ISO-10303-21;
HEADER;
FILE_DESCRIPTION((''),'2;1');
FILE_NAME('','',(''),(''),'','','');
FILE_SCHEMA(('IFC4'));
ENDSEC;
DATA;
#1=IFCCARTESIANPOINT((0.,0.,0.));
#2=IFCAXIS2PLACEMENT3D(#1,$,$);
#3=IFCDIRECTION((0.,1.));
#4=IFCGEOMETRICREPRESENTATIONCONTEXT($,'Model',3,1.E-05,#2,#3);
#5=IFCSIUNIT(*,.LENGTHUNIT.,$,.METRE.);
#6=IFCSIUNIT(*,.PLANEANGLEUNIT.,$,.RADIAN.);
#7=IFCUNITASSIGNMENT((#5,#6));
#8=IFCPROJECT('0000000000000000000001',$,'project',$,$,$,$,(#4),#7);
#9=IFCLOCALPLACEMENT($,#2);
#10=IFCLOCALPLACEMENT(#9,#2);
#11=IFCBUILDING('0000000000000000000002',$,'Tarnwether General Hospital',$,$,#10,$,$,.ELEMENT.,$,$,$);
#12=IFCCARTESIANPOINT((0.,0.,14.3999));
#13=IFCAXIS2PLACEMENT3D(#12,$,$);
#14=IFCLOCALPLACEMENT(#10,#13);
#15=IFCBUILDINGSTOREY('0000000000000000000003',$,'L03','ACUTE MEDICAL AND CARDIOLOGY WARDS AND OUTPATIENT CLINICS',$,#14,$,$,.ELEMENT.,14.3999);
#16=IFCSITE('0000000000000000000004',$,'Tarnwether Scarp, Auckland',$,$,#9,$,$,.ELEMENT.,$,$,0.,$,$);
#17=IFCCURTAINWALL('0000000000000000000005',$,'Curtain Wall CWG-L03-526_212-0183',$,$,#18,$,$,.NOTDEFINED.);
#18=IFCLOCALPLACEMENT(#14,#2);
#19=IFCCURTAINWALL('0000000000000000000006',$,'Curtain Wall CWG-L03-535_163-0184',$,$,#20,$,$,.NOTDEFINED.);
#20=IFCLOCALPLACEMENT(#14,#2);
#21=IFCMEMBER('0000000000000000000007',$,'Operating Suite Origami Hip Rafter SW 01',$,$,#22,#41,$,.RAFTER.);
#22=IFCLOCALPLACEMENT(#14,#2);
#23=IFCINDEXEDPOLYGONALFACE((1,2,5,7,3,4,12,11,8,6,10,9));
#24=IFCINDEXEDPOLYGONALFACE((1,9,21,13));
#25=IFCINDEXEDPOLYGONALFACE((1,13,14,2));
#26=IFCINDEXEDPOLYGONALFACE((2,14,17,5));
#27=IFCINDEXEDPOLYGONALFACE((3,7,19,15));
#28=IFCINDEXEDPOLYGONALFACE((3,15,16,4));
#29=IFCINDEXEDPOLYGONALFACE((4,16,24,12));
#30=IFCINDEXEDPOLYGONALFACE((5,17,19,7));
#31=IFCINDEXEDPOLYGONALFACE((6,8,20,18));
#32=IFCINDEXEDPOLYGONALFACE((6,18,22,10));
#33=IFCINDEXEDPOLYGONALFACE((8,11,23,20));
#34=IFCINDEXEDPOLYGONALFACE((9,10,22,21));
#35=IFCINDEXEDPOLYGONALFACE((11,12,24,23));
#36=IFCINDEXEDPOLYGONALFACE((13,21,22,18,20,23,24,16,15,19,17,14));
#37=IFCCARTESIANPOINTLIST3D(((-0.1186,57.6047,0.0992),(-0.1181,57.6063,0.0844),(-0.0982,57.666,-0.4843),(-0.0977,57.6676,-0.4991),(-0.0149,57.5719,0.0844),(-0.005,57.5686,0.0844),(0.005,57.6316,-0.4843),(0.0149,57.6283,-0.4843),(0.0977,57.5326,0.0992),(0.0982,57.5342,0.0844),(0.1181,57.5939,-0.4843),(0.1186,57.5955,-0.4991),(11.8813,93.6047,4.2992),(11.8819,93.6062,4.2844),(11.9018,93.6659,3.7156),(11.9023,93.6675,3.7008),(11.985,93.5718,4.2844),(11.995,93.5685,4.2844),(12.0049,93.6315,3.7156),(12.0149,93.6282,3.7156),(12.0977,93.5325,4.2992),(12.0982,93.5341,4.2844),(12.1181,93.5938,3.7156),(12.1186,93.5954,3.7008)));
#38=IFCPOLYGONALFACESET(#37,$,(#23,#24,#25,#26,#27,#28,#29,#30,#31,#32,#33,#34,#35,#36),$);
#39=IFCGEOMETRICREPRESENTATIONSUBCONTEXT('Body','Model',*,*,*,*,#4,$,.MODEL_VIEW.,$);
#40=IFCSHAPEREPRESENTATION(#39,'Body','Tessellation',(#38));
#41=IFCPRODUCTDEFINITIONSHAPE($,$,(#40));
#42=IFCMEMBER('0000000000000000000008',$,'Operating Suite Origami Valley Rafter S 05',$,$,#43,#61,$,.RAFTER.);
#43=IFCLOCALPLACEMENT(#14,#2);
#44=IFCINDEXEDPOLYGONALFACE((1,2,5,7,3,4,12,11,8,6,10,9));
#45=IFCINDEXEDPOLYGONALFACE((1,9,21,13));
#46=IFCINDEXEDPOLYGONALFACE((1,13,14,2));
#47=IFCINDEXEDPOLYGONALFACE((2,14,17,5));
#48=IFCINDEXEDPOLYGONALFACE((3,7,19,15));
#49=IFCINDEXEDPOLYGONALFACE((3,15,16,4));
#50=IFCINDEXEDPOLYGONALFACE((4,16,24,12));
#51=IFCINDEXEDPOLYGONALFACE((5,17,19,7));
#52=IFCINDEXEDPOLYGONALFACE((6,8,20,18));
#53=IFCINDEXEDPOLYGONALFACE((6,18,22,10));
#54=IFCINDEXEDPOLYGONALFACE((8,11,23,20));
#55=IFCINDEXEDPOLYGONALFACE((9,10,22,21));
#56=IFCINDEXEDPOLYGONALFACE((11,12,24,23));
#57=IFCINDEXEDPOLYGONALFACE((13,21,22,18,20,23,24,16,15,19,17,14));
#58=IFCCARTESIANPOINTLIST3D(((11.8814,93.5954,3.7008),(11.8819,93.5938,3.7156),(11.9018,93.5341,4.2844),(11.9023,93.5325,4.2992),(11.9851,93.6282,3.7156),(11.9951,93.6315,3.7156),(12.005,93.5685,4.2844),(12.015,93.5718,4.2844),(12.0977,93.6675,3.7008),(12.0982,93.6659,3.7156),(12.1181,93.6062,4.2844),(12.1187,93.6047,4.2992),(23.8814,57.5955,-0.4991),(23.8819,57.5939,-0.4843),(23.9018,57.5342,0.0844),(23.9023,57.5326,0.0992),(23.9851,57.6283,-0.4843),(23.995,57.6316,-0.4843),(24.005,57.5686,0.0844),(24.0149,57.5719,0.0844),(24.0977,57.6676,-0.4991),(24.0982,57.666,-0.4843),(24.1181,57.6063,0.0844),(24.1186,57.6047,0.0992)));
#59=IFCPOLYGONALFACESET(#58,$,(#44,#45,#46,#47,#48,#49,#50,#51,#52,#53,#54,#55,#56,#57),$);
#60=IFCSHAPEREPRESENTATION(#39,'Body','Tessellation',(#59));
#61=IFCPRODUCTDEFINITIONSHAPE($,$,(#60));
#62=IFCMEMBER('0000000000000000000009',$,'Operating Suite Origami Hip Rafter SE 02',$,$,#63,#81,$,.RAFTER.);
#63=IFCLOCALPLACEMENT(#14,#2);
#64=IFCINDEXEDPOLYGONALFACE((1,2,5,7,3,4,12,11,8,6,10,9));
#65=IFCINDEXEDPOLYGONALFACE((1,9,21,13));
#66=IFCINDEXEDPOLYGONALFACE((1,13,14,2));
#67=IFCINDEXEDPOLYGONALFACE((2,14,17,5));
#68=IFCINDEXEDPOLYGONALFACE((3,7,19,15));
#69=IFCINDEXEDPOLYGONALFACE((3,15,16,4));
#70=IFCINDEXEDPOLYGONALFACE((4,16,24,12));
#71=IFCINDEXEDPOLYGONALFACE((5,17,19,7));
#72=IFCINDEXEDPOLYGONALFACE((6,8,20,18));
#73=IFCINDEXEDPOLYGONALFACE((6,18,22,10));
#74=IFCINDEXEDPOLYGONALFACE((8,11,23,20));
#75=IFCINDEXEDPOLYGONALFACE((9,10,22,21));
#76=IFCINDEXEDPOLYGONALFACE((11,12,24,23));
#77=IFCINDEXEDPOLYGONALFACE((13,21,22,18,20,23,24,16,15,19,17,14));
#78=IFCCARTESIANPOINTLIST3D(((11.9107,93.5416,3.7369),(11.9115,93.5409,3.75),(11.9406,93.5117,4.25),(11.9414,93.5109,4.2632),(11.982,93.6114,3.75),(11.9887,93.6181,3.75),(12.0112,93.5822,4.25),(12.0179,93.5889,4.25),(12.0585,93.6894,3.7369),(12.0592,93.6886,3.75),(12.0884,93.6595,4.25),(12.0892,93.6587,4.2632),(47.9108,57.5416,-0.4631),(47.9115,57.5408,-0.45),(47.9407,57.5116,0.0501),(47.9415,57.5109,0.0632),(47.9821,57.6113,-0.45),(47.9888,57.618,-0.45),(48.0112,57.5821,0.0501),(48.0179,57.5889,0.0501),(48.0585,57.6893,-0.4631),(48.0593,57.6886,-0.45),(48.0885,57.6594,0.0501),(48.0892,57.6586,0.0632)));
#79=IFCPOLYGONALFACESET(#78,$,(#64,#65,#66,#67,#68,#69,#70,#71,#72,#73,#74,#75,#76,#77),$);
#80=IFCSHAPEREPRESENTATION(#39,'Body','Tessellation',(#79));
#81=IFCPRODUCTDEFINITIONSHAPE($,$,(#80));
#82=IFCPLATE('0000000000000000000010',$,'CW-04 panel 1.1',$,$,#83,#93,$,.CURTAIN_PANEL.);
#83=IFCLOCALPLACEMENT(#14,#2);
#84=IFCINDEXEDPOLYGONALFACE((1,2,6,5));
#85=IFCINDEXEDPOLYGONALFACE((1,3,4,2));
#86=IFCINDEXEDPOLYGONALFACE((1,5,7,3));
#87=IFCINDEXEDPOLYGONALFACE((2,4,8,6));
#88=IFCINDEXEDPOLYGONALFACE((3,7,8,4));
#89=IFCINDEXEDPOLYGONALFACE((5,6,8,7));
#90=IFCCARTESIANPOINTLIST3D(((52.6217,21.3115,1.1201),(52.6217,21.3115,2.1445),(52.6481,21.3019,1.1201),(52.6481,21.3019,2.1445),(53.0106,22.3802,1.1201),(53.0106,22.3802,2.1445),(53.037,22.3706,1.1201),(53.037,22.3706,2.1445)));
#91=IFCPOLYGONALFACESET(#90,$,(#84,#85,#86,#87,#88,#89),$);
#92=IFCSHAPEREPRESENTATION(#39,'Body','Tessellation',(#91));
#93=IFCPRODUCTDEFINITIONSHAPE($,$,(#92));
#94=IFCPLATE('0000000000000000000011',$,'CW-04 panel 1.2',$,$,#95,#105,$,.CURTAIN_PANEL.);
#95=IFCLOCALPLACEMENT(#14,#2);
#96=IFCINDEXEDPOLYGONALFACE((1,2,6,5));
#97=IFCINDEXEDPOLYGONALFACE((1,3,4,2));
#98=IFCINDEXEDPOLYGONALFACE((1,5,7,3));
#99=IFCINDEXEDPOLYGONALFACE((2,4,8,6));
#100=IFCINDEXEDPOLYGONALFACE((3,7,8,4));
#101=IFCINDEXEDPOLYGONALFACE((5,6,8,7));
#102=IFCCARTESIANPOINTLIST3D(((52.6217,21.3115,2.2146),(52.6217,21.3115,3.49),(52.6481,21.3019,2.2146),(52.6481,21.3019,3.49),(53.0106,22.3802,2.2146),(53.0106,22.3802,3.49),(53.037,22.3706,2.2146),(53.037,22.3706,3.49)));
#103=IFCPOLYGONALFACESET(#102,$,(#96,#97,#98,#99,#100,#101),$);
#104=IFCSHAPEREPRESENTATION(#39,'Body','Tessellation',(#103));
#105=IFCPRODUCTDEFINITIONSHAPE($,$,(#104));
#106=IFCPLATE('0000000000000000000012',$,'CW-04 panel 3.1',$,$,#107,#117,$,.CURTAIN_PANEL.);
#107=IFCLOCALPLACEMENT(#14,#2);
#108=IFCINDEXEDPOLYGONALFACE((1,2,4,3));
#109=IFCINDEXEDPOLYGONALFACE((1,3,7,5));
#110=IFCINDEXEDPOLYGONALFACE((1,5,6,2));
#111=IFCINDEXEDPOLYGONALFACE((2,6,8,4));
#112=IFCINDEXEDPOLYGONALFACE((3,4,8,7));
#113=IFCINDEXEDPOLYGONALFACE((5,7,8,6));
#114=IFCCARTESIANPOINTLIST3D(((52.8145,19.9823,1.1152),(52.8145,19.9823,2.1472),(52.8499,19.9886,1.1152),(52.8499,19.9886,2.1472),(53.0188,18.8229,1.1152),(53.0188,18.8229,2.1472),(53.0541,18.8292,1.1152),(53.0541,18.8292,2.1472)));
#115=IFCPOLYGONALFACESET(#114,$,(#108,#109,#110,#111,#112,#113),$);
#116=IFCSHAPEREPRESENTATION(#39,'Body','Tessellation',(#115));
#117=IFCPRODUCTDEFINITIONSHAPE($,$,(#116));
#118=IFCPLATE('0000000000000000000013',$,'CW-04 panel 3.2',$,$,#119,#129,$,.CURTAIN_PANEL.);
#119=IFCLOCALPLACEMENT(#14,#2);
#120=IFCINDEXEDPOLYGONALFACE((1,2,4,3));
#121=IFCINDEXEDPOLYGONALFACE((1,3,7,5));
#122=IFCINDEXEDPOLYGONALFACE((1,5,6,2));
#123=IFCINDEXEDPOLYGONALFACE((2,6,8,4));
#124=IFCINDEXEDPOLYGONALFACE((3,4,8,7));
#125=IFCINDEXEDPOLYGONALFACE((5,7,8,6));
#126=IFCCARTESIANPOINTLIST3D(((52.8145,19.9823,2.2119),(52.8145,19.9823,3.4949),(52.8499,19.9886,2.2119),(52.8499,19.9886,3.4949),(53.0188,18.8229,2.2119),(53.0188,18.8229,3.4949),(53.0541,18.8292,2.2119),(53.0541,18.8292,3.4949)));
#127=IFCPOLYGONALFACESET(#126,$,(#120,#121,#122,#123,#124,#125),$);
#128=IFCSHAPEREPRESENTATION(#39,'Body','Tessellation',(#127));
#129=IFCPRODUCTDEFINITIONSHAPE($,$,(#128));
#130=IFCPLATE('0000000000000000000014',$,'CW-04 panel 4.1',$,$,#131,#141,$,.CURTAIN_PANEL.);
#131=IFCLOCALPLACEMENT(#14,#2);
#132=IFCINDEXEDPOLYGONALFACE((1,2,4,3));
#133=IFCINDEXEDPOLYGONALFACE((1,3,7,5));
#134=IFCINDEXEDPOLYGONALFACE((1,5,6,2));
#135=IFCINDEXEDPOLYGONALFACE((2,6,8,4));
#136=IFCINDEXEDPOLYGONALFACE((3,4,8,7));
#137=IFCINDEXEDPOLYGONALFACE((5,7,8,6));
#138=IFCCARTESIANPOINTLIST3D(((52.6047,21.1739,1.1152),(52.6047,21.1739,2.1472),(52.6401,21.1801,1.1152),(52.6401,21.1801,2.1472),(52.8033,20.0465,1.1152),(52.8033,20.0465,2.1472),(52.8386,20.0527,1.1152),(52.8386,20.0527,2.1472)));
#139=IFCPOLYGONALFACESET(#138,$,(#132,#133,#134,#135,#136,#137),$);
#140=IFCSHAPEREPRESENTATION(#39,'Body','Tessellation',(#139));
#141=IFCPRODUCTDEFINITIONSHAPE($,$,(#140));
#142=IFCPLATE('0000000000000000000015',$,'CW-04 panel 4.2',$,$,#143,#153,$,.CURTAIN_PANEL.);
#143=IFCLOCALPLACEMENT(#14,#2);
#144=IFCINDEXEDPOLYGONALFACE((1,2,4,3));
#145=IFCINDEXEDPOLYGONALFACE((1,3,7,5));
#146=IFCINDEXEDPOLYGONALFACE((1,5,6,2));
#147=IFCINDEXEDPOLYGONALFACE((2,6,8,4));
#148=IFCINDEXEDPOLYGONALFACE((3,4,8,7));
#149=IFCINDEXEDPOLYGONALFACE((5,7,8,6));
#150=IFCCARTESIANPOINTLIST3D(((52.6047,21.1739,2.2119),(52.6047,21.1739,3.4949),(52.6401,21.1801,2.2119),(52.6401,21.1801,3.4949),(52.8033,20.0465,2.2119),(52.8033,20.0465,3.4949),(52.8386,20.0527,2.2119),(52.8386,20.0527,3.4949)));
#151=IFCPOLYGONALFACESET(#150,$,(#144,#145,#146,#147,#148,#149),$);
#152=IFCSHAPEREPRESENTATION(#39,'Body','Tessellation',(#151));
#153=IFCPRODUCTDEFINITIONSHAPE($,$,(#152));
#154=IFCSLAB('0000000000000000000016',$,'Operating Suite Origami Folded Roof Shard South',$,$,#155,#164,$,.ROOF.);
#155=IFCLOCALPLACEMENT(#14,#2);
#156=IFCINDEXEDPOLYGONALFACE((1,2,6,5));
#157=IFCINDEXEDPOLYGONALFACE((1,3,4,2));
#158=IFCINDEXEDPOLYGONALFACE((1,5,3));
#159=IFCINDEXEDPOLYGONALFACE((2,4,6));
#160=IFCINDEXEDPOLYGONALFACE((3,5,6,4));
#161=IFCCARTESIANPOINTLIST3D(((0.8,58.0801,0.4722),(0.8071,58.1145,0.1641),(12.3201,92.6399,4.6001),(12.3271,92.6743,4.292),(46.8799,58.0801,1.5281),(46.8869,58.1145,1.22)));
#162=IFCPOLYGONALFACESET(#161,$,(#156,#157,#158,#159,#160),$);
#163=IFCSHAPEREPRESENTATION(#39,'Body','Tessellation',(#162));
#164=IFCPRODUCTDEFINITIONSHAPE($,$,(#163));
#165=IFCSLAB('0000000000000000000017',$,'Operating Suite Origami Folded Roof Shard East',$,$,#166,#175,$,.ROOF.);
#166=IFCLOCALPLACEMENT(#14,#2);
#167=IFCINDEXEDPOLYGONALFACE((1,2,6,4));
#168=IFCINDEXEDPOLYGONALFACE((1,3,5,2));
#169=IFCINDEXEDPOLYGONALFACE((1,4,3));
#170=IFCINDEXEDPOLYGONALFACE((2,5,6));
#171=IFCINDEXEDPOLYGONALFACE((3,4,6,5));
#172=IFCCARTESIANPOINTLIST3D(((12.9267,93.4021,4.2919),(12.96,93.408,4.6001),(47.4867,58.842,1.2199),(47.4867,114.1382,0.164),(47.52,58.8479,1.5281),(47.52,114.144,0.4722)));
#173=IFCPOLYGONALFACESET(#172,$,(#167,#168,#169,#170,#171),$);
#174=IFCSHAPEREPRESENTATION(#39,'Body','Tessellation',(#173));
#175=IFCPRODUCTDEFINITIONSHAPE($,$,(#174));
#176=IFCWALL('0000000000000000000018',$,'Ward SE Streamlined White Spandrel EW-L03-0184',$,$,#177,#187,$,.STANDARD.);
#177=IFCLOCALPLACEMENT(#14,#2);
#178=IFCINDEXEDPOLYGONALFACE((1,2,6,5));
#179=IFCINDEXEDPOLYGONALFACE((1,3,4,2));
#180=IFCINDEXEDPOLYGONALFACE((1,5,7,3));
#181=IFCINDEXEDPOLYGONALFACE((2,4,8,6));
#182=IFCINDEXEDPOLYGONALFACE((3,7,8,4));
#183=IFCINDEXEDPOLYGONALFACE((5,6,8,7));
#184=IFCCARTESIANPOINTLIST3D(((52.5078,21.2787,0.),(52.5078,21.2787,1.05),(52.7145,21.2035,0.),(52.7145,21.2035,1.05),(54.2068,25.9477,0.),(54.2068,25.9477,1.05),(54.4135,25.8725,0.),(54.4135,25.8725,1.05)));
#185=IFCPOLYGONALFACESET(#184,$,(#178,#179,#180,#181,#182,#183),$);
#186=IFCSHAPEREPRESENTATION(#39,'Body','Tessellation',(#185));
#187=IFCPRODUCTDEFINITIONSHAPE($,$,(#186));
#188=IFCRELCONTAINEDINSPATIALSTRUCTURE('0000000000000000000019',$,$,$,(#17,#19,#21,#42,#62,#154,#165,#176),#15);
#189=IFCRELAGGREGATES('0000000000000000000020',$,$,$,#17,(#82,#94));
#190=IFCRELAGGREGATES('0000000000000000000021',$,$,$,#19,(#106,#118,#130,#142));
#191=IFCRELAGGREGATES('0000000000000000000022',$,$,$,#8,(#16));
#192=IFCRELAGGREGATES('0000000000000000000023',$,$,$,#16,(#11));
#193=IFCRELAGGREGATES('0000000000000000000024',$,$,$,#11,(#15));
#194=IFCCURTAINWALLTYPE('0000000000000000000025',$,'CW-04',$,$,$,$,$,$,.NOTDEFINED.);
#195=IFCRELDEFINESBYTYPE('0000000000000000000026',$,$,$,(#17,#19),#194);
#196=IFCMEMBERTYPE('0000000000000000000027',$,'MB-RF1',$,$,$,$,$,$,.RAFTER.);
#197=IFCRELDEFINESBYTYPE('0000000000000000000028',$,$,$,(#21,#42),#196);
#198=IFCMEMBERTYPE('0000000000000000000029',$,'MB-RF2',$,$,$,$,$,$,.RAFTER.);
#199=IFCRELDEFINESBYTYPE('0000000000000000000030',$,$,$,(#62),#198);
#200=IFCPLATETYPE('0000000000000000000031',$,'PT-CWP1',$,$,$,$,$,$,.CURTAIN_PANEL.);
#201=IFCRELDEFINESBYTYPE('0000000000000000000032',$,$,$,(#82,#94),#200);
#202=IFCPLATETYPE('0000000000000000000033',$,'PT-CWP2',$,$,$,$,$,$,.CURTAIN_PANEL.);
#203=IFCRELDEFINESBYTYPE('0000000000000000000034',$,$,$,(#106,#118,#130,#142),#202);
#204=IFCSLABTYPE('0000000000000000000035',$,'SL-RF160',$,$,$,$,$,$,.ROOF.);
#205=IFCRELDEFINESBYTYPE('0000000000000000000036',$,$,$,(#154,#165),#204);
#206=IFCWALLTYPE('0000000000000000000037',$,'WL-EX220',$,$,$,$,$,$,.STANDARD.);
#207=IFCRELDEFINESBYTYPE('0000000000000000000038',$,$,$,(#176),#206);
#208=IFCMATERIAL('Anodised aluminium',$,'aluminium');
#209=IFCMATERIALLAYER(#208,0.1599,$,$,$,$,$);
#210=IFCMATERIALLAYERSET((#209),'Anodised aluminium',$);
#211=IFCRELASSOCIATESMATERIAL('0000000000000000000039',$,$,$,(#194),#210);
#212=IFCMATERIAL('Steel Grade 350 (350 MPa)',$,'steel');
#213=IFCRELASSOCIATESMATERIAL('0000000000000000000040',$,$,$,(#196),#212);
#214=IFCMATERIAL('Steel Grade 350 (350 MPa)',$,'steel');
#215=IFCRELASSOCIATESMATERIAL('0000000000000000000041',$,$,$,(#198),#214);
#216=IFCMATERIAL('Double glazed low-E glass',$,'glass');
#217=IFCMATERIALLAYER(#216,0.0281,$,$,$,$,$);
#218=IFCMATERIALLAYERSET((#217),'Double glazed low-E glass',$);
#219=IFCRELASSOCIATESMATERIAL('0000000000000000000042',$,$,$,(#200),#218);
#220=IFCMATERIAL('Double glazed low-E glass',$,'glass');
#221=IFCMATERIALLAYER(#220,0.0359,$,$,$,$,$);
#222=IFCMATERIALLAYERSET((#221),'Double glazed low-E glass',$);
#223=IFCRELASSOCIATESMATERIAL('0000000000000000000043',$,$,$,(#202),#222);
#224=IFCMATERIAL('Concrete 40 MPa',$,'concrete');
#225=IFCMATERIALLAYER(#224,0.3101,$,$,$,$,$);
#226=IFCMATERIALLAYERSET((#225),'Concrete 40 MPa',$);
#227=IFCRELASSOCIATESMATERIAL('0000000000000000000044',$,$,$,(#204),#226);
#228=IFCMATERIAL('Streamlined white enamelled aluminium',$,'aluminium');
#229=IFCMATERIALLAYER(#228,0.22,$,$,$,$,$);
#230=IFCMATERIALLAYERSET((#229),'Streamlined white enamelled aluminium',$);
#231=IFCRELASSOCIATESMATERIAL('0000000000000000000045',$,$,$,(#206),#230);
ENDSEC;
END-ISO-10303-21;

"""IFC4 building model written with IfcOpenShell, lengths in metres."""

from ifc_helpers import new_model, si_unit, direction, frame, frame_2d, origin, origin_2d, place, context, subcontext, project, spatial, polyline, rectangle, i_section, outline, extrude, material, layer, layer_set, material_profile, profile_set, type_object, element, aggregate, save


model = new_model("IFC4")

# Units and contexts
model_context = context("Model", 3, precision=1e-05, world=origin(), true_north=direction((0.0, 1.0)))
body_context = subcontext(model_context, "Body", "Model", "MODEL_VIEW")
ifc_project = project(units=[si_unit("LENGTHUNIT", "METRE"), si_unit("PLANEANGLEUNIT", "RADIAN")], contexts=[model_context])

# Site, building, storey
site_placement = place(None, origin())
site = spatial("IfcSite", under=ifc_project, at=site_placement, Name="Tarnwether Scarp, Auckland", CompositionType="ELEMENT", RefElevation=0.0)
building_placement = place(site_placement, origin())
building = spatial("IfcBuilding", under=site, at=building_placement, Name="Tarnwether General Hospital", CompositionType="ELEMENT")
storey_placement = place(building_placement, frame((0.0, 0.0, 14.3999)))
storey = spatial("IfcBuildingStorey", under=building, at=storey_placement, Name="L03", Description="ACUTE MEDICAL AND CARDIOLOGY WARDS AND OUTPATIENT CLINICS", CompositionType="ELEMENT", Elevation=14.3999)

# Curtain walls
ifc_material_1 = material(Name="Anodised aluminium", Category="aluminium")
ifc_layer_1 = layer(ifc_material_1, 0.1599)
ifc_layer_set_1 = layer_set([ifc_layer_1], Name="Anodised aluminium")
curtain_wall_type = type_object("IfcCurtainWallType", Name="CW-04", PredefinedType="NOTDEFINED", material=ifc_layer_set_1)
curtain_wall_1_placement = place(storey_placement, origin())
curtain_wall_1 = element("IfcCurtainWall", 1, at=curtain_wall_1_placement, inside=storey, type_object=curtain_wall_type, Name="Curtain Wall CWG-L03-526_212-0183", PredefinedType="NOTDEFINED")
curtain_wall_2_placement = place(storey_placement, origin())
curtain_wall_2 = element("IfcCurtainWall", 2, at=curtain_wall_2_placement, inside=storey, type_object=curtain_wall_type, Name="Curtain Wall CWG-L03-535_163-0184", PredefinedType="NOTDEFINED")

# Members
ifc_material_2 = material(Name="Steel Grade 350 (350 MPa)", Category="steel")
ifc_material_profile_1 = material_profile(ifc_material_2, i_section(OverallWidth=0.228, OverallDepth=0.6021, WebThickness=0.0105, FlangeThickness=0.0149, at=origin_2d()), Name="610UB101")
ifc_profile_set_1 = profile_set([ifc_material_profile_1], Name="Steel Grade 350 (350 MPa)")
member_type_1 = type_object("IfcMemberType", Name="MB-RF1", PredefinedType="RAFTER", material=ifc_profile_set_1)
for number, where, z_axis, x_axis, name in (
    (3, (0.0, 57.6001, -0.2), (0.314309, 0.942926, 0.110007), (-0.948683, 0.316228, 0.0), "Operating Suite Origami Hip Rafter SW 01"),
    (4, (24.0, 57.6001, -0.2), (-0.314309, 0.942926, 0.110007), (-0.948683, -0.316228, 0.0), "Operating Suite Origami Valley Rafter S 05"),
):
    element("IfcMember", number, at=place(storey_placement, frame(where, z_axis=z_axis, x_axis=x_axis)), inside=storey, type_object=member_type_1, Name=name, PredefinedType="RAFTER", context=body_context, shape_type="SweptSolid", body=[
        extrude(i_section(OverallWidth=0.228, OverallDepth=0.6021, WebThickness=0.0105, FlangeThickness=0.0149, at=origin_2d()), origin(), (0.0, 0.0, 1.0), 38.179),
    ])
ifc_material_3 = material(Name="Steel Grade 350 (350 MPa)", Category="steel")
ifc_material_profile_2 = material_profile(ifc_material_3, i_section(OverallWidth=0.209, OverallDepth=0.5281, WebThickness=0.0095, FlangeThickness=0.0132, at=origin_2d()), Name="530UB82.0")
ifc_profile_set_2 = profile_set([ifc_material_profile_2], Name="Steel Grade 350 (350 MPa)")
member_type_2 = type_object("IfcMemberType", Name="MB-RF2", PredefinedType="RAFTER", material=ifc_profile_set_2)
member_1_placement = place(storey_placement, frame((48.0, 57.6001, -0.2), z_axis=(-0.704713, 0.704713, 0.082216), x_axis=(-0.707107, -0.707107, 0.0)))
element("IfcMember", 5, at=member_1_placement, inside=storey, type_object=member_type_2, Name="Operating Suite Origami Hip Rafter SE 02", PredefinedType="RAFTER", context=body_context, shape_type="SweptSolid", body=[
    extrude(i_section(OverallWidth=0.209, OverallDepth=0.5281, WebThickness=0.0095, FlangeThickness=0.0132, at=origin_2d()), origin(), (0.0, 0.0, 1.0), 51.0847),
])

# Plates
ifc_material_4 = material(Name="Double glazed low-E glass", Category="glass")
ifc_layer_2 = layer(ifc_material_4, 0.0281)
ifc_layer_set_2 = layer_set([ifc_layer_2], Name="Double glazed low-E glass")
plate_type_1 = type_object("IfcPlateType", Name="PT-CWP1", PredefinedType="CURTAIN_PANEL", material=ifc_layer_set_2)
plate_1_placement = place(storey_placement, frame((52.8293, 21.8411, 1.1201), z_axis=(0.0, 0.0, 1.0), x_axis=(0.341953, 0.939717, 0.0)))
plate_1 = element("IfcPlate", 6, at=plate_1_placement, type_object=plate_type_1, Name="CW-04 panel 1.1", PredefinedType="CURTAIN_PANEL", context=body_context, shape_type="SweptSolid", body=[
    extrude(rectangle(XDim=1.1372, YDim=0.0281, at=origin_2d()), origin(), (0.0, 0.0, 1.0), 1.0244),
])
plate_2_placement = place(storey_placement, frame((52.8293, 21.8411, 2.2146), z_axis=(0.0, 0.0, 1.0), x_axis=(0.341953, 0.939717, 0.0)))
plate_2 = element("IfcPlate", 7, at=plate_2_placement, type_object=plate_type_1, Name="CW-04 panel 1.2", PredefinedType="CURTAIN_PANEL", context=body_context, shape_type="SweptSolid", body=[
    extrude(rectangle(XDim=1.1372, YDim=0.0281, at=origin_2d()), origin(), (0.0, 0.0, 1.0), 1.2754),
])
aggregate(curtain_wall_1, [plate_1, plate_2])
ifc_material_5 = material(Name="Double glazed low-E glass", Category="glass")
ifc_layer_3 = layer(ifc_material_5, 0.0359)
ifc_layer_set_3 = layer_set([ifc_layer_3], Name="Double glazed low-E glass")
plate_type_2 = type_object("IfcPlateType", Name="PT-CWP2", PredefinedType="CURTAIN_PANEL", material=ifc_layer_set_3)
plate_3_placement = place(storey_placement, frame((52.9343, 19.4058, 1.1152), z_axis=(0.0, 0.0, 1.0), x_axis=(-0.173464, 0.98484, 0.0)))
plate_3 = element("IfcPlate", 8, at=plate_3_placement, type_object=plate_type_2, Name="CW-04 panel 3.1", PredefinedType="CURTAIN_PANEL", context=body_context, shape_type="SweptSolid", body=[
    extrude(rectangle(XDim=1.1772, YDim=0.0359, at=origin_2d()), origin(), (0.0, 0.0, 1.0), 1.032),
])
plate_4_placement = place(storey_placement, frame((52.9343, 19.4058, 2.2119), z_axis=(0.0, 0.0, 1.0), x_axis=(-0.173464, 0.98484, 0.0)))
plate_4 = element("IfcPlate", 9, at=plate_4_placement, type_object=plate_type_2, Name="CW-04 panel 3.2", PredefinedType="CURTAIN_PANEL", context=body_context, shape_type="SweptSolid", body=[
    extrude(rectangle(XDim=1.1772, YDim=0.0359, at=origin_2d()), origin(), (0.0, 0.0, 1.0), 1.283),
])
plate_5_placement = place(storey_placement, frame((52.7217, 20.6133, 1.1152), z_axis=(0.0, 0.0, 1.0), x_axis=(-0.173464, 0.98484, 0.0)))
plate_5 = element("IfcPlate", 10, at=plate_5_placement, type_object=plate_type_2, Name="CW-04 panel 4.1", PredefinedType="CURTAIN_PANEL", context=body_context, shape_type="SweptSolid", body=[
    extrude(rectangle(XDim=1.1448, YDim=0.0359, at=origin_2d()), origin(), (0.0, 0.0, 1.0), 1.032),
])
plate_6_placement = place(storey_placement, frame((52.7217, 20.6133, 2.2119), z_axis=(0.0, 0.0, 1.0), x_axis=(-0.173464, 0.98484, 0.0)))
plate_6 = element("IfcPlate", 11, at=plate_6_placement, type_object=plate_type_2, Name="CW-04 panel 4.2", PredefinedType="CURTAIN_PANEL", context=body_context, shape_type="SweptSolid", body=[
    extrude(rectangle(XDim=1.1448, YDim=0.0359, at=origin_2d()), origin(), (0.0, 0.0, 1.0), 1.283),
])
aggregate(curtain_wall_2, [plate_3, plate_4, plate_5, plate_6])

# Slabs
ifc_material_6 = material(Name="Concrete 40 MPa", Category="concrete")
ifc_layer_4 = layer(ifc_material_6, 0.3101)
ifc_layer_set_4 = layer_set([ifc_layer_4], Name="Concrete 40 MPa")
slab_type = type_object("IfcSlabType", Name="SL-RF160", PredefinedType="ROOF", material=ifc_layer_set_4)
slab_1_placement = place(storey_placement, frame((0.8, 58.0801, 0.4722), z_axis=(-0.022767, -0.111084, 0.99355), x_axis=(0.999738, 0.0, 0.022909)))
element("IfcSlab", 12, at=slab_1_placement, inside=storey, type_object=slab_type, Name="Operating Suite Origami Folded Roof Shard South", PredefinedType="ROOF", context=body_context, shape_type="SweptSolid", body=[
    extrude(outline(polyline([(0.0, 0.0), (46.0919, 0.0), (11.6116, 34.775), (0.0, 0.0)])), origin(), (0.0, 0.0, -1.0), 0.3101),
])
slab_2_placement = place(storey_placement, frame((47.52, 58.8479, 1.5281), z_axis=(0.107341, 0.018982, 0.994041), x_axis=(0.0, 0.999818, -0.019092)))
element("IfcSlab", 13, at=slab_2_placement, inside=storey, type_object=slab_type, Name="Operating Suite Origami Folded Roof Shard East", PredefinedType="ROOF", context=body_context, shape_type="SweptSolid", body=[
    extrude(outline(polyline([(0.0, 0.0), (55.3062, 0.0), (34.4951, 34.7609), (0.0, 0.0)])), origin(), (0.0, 0.0, -1.0), 0.3101),
])

# Wall
ifc_material_7 = material(Name="Streamlined white enamelled aluminium", Category="aluminium")
ifc_layer_5 = layer(ifc_material_7, 0.22)
ifc_layer_set_5 = layer_set([ifc_layer_5], Name="Streamlined white enamelled aluminium")
wall_type_1 = type_object("IfcWallType", Name="WL-EX220", PredefinedType="STANDARD", material=ifc_layer_set_5)
wall_1_placement = place(storey_placement, frame((52.6111, 21.241, 0.0), z_axis=(0.0, 0.0, 1.0), x_axis=(0.341952, 0.939717, 0.0)))
element("IfcWall", 14, at=wall_1_placement, inside=storey, type_object=wall_type_1, Name="Ward SE Streamlined White Spandrel EW-L03-0184", PredefinedType="STANDARD", context=body_context, shape_type="SweptSolid", body=[
    extrude(rectangle(XDim=4.9685, YDim=0.22, at=frame_2d((2.4844, 0.0))), origin(), (0.0, 0.0, 1.0), 1.05),
])

save(model, "model.ifc")
